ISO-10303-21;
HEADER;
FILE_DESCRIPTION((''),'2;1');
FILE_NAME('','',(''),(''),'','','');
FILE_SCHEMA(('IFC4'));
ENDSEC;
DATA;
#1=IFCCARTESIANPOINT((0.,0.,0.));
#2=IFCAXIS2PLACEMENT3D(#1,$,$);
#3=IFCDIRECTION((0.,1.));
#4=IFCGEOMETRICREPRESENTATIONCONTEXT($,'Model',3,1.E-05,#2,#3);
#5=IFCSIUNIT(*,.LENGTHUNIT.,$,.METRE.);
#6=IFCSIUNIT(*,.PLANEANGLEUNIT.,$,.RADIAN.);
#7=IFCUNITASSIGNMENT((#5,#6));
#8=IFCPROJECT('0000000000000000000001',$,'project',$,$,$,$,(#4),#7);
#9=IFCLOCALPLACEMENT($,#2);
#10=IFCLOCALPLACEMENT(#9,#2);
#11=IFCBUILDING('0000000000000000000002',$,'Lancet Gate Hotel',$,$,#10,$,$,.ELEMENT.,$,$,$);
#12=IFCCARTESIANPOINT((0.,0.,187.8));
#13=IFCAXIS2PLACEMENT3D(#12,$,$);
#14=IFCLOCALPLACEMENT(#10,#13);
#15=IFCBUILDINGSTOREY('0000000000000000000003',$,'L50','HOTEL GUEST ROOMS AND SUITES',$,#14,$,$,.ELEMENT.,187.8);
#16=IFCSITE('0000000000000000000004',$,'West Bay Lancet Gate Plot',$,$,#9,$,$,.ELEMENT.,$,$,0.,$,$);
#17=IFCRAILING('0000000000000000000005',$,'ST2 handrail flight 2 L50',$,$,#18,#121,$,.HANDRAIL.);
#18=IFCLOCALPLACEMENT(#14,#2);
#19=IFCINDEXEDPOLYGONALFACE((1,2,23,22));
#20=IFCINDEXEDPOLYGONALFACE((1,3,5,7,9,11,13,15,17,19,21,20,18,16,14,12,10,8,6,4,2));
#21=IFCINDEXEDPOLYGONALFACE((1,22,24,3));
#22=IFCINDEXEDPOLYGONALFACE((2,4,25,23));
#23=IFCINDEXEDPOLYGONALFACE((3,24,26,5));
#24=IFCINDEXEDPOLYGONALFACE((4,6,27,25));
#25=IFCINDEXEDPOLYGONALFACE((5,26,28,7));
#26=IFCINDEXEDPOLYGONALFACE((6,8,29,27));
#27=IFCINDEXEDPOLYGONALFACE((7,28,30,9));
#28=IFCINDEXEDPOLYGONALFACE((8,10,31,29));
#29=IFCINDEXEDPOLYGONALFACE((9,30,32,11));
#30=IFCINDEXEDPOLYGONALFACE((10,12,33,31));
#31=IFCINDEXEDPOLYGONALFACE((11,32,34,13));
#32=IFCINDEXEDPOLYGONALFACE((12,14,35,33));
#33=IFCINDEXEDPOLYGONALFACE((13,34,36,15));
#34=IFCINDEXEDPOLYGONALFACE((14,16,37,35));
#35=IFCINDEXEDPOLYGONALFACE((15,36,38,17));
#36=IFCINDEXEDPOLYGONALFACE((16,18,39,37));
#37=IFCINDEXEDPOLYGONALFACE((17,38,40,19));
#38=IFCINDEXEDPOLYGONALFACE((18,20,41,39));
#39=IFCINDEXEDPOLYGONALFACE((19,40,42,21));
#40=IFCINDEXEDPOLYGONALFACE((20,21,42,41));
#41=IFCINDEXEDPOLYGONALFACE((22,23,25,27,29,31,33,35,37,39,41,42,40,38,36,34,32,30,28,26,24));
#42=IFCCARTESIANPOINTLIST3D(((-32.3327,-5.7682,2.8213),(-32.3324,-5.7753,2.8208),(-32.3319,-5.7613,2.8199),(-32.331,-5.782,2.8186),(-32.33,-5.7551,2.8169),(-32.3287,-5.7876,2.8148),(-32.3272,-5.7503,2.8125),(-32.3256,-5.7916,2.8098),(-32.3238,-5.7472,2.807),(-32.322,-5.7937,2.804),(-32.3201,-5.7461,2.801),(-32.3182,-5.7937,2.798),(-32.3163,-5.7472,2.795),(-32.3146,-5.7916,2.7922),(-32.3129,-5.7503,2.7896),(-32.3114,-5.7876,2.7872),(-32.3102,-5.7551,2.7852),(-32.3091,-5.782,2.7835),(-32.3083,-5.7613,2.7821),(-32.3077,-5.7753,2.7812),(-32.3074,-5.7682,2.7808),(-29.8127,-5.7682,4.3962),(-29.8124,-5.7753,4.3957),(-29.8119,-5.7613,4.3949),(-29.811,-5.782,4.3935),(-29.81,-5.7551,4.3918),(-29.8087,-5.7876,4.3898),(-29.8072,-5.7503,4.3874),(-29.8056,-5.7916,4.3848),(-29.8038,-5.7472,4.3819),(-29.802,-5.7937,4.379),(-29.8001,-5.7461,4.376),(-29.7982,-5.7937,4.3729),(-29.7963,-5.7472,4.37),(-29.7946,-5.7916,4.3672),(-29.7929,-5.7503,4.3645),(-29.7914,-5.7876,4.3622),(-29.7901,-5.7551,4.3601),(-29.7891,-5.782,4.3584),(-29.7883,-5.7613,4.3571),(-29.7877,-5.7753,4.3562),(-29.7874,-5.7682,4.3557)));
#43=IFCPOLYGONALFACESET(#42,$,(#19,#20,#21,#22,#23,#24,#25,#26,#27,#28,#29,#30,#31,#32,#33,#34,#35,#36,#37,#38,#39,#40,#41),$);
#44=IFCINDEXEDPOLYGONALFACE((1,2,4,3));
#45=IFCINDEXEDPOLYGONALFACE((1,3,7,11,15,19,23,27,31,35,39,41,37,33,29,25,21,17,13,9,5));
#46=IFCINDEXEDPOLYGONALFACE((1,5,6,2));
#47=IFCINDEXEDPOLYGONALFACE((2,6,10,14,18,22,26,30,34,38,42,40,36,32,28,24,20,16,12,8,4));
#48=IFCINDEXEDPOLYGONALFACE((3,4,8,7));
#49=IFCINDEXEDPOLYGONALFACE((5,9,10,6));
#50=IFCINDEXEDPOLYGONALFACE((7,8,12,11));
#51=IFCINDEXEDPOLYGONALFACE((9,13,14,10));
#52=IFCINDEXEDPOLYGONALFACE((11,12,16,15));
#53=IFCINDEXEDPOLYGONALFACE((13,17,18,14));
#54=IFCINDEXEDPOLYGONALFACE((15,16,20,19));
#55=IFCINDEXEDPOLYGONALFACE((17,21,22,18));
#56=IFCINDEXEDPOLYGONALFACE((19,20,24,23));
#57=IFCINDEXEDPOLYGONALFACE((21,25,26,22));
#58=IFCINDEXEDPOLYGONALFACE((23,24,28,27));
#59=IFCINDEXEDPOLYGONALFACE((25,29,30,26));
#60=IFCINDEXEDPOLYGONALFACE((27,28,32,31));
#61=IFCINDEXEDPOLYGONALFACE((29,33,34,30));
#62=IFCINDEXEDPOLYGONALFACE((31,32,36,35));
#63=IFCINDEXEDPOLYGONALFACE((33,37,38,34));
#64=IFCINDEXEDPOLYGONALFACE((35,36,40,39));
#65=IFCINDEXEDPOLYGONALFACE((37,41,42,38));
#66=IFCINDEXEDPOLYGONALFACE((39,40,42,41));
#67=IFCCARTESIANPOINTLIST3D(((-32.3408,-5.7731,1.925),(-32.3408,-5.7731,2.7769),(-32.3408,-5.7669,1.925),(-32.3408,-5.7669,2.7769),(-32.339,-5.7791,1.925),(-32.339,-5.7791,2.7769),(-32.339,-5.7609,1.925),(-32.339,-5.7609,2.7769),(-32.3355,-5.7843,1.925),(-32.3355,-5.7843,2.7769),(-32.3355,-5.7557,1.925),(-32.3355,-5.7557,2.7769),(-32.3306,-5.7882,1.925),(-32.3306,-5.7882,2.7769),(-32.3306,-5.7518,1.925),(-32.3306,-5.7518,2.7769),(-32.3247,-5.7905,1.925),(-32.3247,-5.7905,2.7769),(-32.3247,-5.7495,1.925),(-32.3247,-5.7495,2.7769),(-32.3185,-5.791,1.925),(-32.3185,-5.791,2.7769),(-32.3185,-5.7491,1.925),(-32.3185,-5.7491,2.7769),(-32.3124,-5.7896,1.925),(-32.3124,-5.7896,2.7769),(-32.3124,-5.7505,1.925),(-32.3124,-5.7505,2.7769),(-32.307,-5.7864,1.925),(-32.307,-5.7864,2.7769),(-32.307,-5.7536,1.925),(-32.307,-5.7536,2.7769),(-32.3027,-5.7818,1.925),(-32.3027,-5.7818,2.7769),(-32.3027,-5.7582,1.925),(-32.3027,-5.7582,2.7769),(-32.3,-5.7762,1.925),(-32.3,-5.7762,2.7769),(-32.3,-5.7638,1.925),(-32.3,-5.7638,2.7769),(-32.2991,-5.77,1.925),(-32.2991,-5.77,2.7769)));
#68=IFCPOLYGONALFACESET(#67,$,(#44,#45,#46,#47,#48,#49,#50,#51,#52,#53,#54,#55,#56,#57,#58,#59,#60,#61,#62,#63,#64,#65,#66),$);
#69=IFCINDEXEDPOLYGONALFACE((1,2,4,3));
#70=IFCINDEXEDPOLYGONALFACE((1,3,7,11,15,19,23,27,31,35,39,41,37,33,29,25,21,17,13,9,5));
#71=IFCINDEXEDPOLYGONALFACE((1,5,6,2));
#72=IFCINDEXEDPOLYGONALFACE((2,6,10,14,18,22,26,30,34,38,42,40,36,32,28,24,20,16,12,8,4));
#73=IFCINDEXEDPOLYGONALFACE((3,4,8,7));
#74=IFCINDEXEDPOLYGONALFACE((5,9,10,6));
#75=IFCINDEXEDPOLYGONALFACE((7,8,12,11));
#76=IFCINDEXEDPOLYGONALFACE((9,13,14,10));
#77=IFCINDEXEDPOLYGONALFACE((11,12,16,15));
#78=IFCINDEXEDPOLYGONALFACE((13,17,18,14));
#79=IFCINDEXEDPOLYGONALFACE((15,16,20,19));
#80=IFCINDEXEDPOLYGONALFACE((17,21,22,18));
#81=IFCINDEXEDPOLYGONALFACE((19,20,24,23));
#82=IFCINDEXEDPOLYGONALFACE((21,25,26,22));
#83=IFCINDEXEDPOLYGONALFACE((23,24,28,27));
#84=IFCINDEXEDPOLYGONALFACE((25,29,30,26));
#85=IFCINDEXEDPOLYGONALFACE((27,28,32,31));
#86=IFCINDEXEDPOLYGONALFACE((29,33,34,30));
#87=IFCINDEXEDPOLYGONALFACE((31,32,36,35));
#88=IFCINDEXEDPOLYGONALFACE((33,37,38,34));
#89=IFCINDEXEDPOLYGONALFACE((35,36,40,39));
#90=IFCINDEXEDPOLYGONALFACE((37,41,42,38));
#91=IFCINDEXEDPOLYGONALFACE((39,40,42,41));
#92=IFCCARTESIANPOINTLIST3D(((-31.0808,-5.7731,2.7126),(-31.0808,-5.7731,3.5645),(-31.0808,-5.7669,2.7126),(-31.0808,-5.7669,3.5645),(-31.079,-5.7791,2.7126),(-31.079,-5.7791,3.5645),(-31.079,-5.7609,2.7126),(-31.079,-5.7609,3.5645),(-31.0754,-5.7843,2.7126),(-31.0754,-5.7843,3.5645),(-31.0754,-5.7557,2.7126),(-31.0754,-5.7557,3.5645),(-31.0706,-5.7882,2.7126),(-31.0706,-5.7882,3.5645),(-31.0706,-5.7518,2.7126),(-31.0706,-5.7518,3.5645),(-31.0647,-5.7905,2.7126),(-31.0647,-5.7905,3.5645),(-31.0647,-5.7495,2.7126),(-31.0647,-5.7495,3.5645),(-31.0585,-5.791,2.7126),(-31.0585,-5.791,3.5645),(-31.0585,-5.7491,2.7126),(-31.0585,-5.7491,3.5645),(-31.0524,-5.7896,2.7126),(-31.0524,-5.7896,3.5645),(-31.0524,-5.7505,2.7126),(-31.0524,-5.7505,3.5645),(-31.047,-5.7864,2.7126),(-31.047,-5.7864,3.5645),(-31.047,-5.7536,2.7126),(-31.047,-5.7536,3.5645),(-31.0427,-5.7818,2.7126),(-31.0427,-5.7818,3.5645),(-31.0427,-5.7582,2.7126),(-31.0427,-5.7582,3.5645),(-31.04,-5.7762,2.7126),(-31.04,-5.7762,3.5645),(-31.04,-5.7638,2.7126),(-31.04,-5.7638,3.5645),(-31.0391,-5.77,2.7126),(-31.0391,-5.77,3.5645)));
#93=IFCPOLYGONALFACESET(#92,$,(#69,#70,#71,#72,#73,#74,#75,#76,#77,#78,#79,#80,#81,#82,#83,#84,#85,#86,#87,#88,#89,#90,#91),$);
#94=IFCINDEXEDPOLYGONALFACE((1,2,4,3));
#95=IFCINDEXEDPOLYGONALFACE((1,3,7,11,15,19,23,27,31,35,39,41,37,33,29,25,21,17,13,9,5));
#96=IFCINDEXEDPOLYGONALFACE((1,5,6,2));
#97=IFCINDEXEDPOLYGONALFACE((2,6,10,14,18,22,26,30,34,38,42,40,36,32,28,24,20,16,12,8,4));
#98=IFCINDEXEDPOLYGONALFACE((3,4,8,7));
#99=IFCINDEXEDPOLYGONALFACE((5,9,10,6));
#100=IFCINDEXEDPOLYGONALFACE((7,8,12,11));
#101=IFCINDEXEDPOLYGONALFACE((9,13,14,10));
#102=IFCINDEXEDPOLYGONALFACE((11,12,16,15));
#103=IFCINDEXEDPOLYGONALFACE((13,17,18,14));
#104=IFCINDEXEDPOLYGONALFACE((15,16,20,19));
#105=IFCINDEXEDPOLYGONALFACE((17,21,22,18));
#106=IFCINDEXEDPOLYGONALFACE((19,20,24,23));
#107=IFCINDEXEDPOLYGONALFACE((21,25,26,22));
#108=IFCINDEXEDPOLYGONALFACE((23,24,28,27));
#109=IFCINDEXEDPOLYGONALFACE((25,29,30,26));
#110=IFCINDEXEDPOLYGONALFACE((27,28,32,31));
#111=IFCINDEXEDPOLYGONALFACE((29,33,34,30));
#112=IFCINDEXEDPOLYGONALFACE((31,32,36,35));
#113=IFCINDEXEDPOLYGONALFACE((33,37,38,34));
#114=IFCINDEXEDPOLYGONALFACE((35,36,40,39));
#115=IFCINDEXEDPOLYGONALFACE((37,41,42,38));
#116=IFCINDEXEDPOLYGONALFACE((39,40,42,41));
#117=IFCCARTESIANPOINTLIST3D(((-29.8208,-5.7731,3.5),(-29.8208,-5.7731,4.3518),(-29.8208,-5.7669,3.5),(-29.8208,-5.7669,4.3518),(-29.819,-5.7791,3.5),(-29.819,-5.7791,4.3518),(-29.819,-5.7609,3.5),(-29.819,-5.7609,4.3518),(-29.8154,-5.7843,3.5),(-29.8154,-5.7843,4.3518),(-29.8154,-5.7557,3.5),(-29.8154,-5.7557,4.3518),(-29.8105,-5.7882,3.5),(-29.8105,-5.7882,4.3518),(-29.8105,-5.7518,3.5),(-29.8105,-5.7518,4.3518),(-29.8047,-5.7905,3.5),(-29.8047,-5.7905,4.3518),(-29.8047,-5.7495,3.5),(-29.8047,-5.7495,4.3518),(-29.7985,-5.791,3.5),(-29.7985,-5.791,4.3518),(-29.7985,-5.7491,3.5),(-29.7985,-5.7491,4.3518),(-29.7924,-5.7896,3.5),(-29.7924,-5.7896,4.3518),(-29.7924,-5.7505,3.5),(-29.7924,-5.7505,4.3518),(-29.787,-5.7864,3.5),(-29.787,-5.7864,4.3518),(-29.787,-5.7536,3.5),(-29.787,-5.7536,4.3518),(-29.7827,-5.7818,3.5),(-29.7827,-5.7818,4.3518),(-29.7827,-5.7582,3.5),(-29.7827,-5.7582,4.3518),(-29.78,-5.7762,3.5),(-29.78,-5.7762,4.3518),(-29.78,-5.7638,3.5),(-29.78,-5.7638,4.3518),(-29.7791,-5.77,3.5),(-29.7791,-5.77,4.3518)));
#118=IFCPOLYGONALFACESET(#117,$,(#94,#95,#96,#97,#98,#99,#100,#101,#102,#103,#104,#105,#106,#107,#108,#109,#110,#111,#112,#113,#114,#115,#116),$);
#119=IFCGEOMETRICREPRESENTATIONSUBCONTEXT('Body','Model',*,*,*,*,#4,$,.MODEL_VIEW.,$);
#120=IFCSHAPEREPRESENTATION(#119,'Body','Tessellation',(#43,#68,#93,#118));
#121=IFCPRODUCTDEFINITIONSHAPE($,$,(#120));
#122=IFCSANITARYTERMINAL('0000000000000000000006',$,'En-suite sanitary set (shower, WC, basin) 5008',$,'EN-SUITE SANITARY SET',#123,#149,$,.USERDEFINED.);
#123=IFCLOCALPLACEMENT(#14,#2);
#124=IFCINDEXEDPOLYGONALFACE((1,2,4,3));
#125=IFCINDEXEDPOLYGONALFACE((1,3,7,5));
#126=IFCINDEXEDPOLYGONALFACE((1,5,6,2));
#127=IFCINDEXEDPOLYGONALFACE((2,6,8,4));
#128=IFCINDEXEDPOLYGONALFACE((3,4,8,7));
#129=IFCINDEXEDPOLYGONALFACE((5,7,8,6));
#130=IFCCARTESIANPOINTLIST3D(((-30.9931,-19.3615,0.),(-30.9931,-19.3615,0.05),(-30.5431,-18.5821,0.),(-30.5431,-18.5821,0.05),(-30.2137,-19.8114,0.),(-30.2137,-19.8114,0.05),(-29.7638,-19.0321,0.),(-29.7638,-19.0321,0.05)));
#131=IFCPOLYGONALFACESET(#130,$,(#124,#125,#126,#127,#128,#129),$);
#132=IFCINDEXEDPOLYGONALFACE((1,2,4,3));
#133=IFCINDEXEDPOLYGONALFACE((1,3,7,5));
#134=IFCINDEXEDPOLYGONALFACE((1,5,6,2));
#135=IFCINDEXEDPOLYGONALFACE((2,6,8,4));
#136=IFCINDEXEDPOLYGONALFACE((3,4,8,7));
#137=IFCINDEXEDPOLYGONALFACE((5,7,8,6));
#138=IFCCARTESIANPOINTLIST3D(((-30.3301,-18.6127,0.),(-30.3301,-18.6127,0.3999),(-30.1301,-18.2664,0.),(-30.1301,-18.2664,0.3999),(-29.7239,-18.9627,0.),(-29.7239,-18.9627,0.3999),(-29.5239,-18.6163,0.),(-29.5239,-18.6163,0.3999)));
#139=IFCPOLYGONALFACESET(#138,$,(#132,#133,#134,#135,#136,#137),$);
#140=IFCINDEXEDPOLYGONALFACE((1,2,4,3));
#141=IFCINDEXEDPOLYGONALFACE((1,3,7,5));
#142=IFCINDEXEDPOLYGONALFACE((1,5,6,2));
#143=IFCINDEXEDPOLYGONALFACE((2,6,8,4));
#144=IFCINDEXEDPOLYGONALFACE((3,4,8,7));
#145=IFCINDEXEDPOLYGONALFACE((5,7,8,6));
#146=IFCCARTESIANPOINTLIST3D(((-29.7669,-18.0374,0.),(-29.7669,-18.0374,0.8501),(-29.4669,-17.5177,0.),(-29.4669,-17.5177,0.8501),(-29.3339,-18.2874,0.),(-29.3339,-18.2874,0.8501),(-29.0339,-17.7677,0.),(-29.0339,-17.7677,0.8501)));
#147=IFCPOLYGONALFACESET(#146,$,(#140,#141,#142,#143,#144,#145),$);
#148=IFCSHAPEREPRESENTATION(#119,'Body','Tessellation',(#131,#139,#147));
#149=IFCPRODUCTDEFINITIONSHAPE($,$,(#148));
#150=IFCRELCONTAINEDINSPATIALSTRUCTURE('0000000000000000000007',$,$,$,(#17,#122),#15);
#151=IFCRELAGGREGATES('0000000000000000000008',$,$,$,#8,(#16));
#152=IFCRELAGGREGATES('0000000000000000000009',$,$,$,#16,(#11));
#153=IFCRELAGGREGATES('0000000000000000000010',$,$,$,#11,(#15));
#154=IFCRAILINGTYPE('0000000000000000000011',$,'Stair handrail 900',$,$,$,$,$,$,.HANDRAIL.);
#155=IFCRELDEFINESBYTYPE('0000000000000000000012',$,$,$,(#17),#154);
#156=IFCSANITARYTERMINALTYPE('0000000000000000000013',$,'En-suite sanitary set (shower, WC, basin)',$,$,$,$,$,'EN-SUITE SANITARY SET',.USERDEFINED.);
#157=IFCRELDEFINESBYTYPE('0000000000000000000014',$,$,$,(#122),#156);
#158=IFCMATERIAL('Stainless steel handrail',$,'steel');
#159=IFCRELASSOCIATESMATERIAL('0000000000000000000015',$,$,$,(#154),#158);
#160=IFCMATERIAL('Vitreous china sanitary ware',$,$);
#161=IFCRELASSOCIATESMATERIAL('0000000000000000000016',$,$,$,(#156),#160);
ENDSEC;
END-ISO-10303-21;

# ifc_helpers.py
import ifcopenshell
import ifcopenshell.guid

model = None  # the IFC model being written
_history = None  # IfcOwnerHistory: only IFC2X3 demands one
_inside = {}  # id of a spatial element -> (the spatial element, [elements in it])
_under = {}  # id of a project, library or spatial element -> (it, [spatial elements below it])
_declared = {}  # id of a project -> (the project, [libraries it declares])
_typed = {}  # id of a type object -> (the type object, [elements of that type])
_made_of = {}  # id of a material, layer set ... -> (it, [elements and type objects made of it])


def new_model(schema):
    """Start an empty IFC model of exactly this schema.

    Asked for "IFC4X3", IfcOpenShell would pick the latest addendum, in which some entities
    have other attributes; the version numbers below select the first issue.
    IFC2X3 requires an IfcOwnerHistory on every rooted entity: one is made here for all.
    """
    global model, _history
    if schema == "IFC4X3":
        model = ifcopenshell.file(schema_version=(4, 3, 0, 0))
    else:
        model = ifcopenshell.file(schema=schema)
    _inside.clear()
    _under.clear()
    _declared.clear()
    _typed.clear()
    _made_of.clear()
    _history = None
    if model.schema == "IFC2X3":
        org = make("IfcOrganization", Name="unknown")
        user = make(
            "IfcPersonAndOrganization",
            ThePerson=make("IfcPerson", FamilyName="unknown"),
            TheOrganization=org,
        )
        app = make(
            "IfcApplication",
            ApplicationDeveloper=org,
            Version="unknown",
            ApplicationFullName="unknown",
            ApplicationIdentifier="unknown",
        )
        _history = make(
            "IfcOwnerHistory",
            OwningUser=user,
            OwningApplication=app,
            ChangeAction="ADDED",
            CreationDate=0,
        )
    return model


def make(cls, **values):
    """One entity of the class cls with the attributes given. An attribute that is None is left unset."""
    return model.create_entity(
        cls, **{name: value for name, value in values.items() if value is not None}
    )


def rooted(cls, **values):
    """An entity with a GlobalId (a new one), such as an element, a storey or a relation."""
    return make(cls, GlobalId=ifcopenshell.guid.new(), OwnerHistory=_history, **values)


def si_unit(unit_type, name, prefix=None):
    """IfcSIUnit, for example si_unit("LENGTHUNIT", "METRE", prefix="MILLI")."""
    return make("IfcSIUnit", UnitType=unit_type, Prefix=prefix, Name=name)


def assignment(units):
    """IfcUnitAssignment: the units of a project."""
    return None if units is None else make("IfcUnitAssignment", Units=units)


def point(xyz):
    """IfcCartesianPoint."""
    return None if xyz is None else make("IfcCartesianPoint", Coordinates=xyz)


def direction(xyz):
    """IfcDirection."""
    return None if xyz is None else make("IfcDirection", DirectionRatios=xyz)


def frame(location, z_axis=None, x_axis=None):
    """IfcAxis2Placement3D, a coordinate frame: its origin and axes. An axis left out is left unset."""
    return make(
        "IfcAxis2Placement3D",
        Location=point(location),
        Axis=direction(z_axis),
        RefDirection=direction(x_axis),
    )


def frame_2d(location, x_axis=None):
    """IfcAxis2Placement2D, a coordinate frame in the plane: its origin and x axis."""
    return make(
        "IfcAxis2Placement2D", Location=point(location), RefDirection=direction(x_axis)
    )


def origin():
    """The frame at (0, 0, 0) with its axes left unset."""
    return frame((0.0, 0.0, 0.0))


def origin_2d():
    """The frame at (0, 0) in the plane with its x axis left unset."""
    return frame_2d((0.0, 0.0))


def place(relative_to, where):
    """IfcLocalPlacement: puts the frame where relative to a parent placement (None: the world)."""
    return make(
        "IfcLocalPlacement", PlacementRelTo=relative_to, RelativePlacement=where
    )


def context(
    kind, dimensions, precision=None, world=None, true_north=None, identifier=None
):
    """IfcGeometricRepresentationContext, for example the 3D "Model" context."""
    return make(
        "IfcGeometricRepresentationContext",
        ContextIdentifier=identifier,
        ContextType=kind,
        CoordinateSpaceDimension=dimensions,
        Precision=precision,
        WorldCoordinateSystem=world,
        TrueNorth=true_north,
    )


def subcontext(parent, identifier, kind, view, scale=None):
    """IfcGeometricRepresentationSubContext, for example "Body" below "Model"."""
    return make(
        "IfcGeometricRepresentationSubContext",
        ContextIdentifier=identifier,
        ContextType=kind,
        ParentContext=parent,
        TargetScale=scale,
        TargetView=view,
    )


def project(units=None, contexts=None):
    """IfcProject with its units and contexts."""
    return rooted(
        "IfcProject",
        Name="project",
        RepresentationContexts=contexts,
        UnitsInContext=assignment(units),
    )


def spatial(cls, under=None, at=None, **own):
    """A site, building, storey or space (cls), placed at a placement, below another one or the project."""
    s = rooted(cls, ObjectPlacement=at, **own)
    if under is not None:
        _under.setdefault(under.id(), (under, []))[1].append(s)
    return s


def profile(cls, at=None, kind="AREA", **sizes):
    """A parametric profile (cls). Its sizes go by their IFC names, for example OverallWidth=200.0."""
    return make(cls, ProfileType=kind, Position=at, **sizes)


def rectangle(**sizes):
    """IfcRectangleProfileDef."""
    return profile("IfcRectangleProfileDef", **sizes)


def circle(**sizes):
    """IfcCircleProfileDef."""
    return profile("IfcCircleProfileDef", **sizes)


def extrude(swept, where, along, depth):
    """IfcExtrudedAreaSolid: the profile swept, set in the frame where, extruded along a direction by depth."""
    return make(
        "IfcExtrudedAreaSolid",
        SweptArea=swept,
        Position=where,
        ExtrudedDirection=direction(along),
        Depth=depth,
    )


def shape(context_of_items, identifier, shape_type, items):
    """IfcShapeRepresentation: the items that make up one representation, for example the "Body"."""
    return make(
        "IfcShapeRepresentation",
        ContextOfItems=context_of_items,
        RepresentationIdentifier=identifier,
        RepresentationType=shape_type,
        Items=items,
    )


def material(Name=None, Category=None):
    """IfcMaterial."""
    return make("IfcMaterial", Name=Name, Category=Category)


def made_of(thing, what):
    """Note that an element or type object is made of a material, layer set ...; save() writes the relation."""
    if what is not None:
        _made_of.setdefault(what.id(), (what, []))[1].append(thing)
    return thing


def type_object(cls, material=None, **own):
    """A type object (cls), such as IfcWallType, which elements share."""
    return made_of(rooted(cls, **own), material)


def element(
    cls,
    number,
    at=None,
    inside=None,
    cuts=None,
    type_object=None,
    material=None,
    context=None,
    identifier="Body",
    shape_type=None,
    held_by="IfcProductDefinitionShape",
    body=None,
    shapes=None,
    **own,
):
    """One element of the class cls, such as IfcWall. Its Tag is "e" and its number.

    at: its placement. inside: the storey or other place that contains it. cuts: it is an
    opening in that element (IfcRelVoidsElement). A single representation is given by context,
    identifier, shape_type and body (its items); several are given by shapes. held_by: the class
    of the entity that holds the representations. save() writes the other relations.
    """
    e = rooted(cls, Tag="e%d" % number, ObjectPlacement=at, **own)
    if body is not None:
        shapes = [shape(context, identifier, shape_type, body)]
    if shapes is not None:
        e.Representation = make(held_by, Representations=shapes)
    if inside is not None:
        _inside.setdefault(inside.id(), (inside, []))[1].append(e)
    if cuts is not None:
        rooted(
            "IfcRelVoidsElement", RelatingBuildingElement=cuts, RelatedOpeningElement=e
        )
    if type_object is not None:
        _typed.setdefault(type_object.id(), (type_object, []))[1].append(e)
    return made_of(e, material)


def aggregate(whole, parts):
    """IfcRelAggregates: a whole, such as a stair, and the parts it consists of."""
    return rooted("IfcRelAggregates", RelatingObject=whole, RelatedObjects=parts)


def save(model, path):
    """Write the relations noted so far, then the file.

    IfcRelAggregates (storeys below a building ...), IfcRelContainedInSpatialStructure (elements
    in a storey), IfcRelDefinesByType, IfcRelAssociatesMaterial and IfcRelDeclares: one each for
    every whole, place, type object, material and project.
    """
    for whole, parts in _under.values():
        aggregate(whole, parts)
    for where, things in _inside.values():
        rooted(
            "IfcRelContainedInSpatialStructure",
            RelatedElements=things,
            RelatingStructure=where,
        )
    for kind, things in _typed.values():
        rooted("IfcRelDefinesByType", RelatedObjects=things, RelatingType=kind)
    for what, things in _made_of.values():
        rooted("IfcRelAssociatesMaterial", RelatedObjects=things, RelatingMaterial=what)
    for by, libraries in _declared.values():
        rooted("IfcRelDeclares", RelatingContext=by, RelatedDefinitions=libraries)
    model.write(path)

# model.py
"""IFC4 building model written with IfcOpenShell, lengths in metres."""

from ifc_helpers import new_model, si_unit, direction, frame, origin, origin_2d, place, context, subcontext, project, spatial, rectangle, circle, extrude, material, type_object, element, save


model = new_model("IFC4")

# Units and contexts
model_context = context("Model", 3, precision=1e-05, world=origin(), true_north=direction((0.0, 1.0)))
body_context = subcontext(model_context, "Body", "Model", "MODEL_VIEW")
ifc_project = project(units=[si_unit("LENGTHUNIT", "METRE"), si_unit("PLANEANGLEUNIT", "RADIAN")], contexts=[model_context])

# Site, building, storey
site_placement = place(None, origin())
site = spatial("IfcSite", under=ifc_project, at=site_placement, Name="West Bay Lancet Gate Plot", CompositionType="ELEMENT", RefElevation=0.0)
building_placement = place(site_placement, origin())
building = spatial("IfcBuilding", under=site, at=building_placement, Name="Lancet Gate Hotel", CompositionType="ELEMENT")
storey_placement = place(building_placement, frame((0.0, 0.0, 187.8)))
storey = spatial("IfcBuildingStorey", under=building, at=storey_placement, Name="L50", Description="HOTEL GUEST ROOMS AND SUITES", CompositionType="ELEMENT", Elevation=187.8)

# Railing
ifc_material_1 = material(Name="Stainless steel handrail", Category="steel")
railing_type = type_object("IfcRailingType", Name="Stair handrail 900", PredefinedType="HANDRAIL", material=ifc_material_1)
railing_1_placement = place(storey_placement, frame((-32.3201, -5.77, 1.925)))
element("IfcRailing", 1, at=railing_1_placement, inside=storey, type_object=railing_type, Name="ST2 handrail flight 2 L50", PredefinedType="HANDRAIL", context=body_context, shape_type="SweptSolid", body=[
    extrude(circle(Radius=0.0239, at=origin_2d()), frame((0.0, 0.0, 0.876), z_axis=(0.848008, 0.0, 0.529984), x_axis=(0.0, 1.0, 0.0)), (0.0, 0.0, 1.0), 2.9717),
    extrude(circle(Radius=0.021, at=origin_2d()), origin(), (0.0, 0.0, 1.0), 0.8518),
    extrude(circle(Radius=0.021, at=origin_2d()), frame((1.26, 0.0, 0.7876)), (0.0, 0.0, 1.0), 0.8518),
    extrude(circle(Radius=0.021, at=origin_2d()), frame((2.52, 0.0, 1.575)), (0.0, 0.0, 1.0), 0.8518),
])

# Sanitary terminal
ifc_material_2 = material(Name="Vitreous china sanitary ware")
sanitary_terminal_type = type_object("IfcSanitaryTerminalType", Name="En-suite sanitary set (shower, WC, basin)", ElementType="EN-SUITE SANITARY SET", PredefinedType="USERDEFINED", material=ifc_material_2)
sanitary_terminal_placement = place(storey_placement, frame((-30.3784, -19.1968, 0.0), z_axis=(0.0, 0.0, 1.0), x_axis=(1.0, 0.0, 0.0)))
element("IfcSanitaryTerminal", 2, at=sanitary_terminal_placement, inside=storey, type_object=sanitary_terminal_type, Name="En-suite sanitary set (shower, WC, basin) 5008", ObjectType="EN-SUITE SANITARY SET", PredefinedType="USERDEFINED", context=body_context, shape_type="SweptSolid", body=[
    extrude(rectangle(XDim=0.8999, YDim=0.8999, at=origin_2d()), frame((0.0, 0.0, 0.0), z_axis=(0.0, 0.0, 1.0), x_axis=(-0.5, -0.866025, 0.0)), (0.0, 0.0, 1.0), 0.05),
    extrude(rectangle(XDim=0.3999, YDim=0.7, at=origin_2d()), frame((0.4514, 0.5823, 0.0), z_axis=(0.0, 0.0, 1.0), x_axis=(-0.5, -0.866025, 0.0)), (0.0, 0.0, 1.0), 0.3999),
    extrude(rectangle(XDim=0.6001, YDim=0.5, at=origin_2d()), frame((0.978, 1.2942, 0.0), z_axis=(0.0, 0.0, 1.0), x_axis=(-0.5, -0.866025, 0.0)), (0.0, 0.0, 1.0), 0.8501),
])

save(model, "model.ifc")
